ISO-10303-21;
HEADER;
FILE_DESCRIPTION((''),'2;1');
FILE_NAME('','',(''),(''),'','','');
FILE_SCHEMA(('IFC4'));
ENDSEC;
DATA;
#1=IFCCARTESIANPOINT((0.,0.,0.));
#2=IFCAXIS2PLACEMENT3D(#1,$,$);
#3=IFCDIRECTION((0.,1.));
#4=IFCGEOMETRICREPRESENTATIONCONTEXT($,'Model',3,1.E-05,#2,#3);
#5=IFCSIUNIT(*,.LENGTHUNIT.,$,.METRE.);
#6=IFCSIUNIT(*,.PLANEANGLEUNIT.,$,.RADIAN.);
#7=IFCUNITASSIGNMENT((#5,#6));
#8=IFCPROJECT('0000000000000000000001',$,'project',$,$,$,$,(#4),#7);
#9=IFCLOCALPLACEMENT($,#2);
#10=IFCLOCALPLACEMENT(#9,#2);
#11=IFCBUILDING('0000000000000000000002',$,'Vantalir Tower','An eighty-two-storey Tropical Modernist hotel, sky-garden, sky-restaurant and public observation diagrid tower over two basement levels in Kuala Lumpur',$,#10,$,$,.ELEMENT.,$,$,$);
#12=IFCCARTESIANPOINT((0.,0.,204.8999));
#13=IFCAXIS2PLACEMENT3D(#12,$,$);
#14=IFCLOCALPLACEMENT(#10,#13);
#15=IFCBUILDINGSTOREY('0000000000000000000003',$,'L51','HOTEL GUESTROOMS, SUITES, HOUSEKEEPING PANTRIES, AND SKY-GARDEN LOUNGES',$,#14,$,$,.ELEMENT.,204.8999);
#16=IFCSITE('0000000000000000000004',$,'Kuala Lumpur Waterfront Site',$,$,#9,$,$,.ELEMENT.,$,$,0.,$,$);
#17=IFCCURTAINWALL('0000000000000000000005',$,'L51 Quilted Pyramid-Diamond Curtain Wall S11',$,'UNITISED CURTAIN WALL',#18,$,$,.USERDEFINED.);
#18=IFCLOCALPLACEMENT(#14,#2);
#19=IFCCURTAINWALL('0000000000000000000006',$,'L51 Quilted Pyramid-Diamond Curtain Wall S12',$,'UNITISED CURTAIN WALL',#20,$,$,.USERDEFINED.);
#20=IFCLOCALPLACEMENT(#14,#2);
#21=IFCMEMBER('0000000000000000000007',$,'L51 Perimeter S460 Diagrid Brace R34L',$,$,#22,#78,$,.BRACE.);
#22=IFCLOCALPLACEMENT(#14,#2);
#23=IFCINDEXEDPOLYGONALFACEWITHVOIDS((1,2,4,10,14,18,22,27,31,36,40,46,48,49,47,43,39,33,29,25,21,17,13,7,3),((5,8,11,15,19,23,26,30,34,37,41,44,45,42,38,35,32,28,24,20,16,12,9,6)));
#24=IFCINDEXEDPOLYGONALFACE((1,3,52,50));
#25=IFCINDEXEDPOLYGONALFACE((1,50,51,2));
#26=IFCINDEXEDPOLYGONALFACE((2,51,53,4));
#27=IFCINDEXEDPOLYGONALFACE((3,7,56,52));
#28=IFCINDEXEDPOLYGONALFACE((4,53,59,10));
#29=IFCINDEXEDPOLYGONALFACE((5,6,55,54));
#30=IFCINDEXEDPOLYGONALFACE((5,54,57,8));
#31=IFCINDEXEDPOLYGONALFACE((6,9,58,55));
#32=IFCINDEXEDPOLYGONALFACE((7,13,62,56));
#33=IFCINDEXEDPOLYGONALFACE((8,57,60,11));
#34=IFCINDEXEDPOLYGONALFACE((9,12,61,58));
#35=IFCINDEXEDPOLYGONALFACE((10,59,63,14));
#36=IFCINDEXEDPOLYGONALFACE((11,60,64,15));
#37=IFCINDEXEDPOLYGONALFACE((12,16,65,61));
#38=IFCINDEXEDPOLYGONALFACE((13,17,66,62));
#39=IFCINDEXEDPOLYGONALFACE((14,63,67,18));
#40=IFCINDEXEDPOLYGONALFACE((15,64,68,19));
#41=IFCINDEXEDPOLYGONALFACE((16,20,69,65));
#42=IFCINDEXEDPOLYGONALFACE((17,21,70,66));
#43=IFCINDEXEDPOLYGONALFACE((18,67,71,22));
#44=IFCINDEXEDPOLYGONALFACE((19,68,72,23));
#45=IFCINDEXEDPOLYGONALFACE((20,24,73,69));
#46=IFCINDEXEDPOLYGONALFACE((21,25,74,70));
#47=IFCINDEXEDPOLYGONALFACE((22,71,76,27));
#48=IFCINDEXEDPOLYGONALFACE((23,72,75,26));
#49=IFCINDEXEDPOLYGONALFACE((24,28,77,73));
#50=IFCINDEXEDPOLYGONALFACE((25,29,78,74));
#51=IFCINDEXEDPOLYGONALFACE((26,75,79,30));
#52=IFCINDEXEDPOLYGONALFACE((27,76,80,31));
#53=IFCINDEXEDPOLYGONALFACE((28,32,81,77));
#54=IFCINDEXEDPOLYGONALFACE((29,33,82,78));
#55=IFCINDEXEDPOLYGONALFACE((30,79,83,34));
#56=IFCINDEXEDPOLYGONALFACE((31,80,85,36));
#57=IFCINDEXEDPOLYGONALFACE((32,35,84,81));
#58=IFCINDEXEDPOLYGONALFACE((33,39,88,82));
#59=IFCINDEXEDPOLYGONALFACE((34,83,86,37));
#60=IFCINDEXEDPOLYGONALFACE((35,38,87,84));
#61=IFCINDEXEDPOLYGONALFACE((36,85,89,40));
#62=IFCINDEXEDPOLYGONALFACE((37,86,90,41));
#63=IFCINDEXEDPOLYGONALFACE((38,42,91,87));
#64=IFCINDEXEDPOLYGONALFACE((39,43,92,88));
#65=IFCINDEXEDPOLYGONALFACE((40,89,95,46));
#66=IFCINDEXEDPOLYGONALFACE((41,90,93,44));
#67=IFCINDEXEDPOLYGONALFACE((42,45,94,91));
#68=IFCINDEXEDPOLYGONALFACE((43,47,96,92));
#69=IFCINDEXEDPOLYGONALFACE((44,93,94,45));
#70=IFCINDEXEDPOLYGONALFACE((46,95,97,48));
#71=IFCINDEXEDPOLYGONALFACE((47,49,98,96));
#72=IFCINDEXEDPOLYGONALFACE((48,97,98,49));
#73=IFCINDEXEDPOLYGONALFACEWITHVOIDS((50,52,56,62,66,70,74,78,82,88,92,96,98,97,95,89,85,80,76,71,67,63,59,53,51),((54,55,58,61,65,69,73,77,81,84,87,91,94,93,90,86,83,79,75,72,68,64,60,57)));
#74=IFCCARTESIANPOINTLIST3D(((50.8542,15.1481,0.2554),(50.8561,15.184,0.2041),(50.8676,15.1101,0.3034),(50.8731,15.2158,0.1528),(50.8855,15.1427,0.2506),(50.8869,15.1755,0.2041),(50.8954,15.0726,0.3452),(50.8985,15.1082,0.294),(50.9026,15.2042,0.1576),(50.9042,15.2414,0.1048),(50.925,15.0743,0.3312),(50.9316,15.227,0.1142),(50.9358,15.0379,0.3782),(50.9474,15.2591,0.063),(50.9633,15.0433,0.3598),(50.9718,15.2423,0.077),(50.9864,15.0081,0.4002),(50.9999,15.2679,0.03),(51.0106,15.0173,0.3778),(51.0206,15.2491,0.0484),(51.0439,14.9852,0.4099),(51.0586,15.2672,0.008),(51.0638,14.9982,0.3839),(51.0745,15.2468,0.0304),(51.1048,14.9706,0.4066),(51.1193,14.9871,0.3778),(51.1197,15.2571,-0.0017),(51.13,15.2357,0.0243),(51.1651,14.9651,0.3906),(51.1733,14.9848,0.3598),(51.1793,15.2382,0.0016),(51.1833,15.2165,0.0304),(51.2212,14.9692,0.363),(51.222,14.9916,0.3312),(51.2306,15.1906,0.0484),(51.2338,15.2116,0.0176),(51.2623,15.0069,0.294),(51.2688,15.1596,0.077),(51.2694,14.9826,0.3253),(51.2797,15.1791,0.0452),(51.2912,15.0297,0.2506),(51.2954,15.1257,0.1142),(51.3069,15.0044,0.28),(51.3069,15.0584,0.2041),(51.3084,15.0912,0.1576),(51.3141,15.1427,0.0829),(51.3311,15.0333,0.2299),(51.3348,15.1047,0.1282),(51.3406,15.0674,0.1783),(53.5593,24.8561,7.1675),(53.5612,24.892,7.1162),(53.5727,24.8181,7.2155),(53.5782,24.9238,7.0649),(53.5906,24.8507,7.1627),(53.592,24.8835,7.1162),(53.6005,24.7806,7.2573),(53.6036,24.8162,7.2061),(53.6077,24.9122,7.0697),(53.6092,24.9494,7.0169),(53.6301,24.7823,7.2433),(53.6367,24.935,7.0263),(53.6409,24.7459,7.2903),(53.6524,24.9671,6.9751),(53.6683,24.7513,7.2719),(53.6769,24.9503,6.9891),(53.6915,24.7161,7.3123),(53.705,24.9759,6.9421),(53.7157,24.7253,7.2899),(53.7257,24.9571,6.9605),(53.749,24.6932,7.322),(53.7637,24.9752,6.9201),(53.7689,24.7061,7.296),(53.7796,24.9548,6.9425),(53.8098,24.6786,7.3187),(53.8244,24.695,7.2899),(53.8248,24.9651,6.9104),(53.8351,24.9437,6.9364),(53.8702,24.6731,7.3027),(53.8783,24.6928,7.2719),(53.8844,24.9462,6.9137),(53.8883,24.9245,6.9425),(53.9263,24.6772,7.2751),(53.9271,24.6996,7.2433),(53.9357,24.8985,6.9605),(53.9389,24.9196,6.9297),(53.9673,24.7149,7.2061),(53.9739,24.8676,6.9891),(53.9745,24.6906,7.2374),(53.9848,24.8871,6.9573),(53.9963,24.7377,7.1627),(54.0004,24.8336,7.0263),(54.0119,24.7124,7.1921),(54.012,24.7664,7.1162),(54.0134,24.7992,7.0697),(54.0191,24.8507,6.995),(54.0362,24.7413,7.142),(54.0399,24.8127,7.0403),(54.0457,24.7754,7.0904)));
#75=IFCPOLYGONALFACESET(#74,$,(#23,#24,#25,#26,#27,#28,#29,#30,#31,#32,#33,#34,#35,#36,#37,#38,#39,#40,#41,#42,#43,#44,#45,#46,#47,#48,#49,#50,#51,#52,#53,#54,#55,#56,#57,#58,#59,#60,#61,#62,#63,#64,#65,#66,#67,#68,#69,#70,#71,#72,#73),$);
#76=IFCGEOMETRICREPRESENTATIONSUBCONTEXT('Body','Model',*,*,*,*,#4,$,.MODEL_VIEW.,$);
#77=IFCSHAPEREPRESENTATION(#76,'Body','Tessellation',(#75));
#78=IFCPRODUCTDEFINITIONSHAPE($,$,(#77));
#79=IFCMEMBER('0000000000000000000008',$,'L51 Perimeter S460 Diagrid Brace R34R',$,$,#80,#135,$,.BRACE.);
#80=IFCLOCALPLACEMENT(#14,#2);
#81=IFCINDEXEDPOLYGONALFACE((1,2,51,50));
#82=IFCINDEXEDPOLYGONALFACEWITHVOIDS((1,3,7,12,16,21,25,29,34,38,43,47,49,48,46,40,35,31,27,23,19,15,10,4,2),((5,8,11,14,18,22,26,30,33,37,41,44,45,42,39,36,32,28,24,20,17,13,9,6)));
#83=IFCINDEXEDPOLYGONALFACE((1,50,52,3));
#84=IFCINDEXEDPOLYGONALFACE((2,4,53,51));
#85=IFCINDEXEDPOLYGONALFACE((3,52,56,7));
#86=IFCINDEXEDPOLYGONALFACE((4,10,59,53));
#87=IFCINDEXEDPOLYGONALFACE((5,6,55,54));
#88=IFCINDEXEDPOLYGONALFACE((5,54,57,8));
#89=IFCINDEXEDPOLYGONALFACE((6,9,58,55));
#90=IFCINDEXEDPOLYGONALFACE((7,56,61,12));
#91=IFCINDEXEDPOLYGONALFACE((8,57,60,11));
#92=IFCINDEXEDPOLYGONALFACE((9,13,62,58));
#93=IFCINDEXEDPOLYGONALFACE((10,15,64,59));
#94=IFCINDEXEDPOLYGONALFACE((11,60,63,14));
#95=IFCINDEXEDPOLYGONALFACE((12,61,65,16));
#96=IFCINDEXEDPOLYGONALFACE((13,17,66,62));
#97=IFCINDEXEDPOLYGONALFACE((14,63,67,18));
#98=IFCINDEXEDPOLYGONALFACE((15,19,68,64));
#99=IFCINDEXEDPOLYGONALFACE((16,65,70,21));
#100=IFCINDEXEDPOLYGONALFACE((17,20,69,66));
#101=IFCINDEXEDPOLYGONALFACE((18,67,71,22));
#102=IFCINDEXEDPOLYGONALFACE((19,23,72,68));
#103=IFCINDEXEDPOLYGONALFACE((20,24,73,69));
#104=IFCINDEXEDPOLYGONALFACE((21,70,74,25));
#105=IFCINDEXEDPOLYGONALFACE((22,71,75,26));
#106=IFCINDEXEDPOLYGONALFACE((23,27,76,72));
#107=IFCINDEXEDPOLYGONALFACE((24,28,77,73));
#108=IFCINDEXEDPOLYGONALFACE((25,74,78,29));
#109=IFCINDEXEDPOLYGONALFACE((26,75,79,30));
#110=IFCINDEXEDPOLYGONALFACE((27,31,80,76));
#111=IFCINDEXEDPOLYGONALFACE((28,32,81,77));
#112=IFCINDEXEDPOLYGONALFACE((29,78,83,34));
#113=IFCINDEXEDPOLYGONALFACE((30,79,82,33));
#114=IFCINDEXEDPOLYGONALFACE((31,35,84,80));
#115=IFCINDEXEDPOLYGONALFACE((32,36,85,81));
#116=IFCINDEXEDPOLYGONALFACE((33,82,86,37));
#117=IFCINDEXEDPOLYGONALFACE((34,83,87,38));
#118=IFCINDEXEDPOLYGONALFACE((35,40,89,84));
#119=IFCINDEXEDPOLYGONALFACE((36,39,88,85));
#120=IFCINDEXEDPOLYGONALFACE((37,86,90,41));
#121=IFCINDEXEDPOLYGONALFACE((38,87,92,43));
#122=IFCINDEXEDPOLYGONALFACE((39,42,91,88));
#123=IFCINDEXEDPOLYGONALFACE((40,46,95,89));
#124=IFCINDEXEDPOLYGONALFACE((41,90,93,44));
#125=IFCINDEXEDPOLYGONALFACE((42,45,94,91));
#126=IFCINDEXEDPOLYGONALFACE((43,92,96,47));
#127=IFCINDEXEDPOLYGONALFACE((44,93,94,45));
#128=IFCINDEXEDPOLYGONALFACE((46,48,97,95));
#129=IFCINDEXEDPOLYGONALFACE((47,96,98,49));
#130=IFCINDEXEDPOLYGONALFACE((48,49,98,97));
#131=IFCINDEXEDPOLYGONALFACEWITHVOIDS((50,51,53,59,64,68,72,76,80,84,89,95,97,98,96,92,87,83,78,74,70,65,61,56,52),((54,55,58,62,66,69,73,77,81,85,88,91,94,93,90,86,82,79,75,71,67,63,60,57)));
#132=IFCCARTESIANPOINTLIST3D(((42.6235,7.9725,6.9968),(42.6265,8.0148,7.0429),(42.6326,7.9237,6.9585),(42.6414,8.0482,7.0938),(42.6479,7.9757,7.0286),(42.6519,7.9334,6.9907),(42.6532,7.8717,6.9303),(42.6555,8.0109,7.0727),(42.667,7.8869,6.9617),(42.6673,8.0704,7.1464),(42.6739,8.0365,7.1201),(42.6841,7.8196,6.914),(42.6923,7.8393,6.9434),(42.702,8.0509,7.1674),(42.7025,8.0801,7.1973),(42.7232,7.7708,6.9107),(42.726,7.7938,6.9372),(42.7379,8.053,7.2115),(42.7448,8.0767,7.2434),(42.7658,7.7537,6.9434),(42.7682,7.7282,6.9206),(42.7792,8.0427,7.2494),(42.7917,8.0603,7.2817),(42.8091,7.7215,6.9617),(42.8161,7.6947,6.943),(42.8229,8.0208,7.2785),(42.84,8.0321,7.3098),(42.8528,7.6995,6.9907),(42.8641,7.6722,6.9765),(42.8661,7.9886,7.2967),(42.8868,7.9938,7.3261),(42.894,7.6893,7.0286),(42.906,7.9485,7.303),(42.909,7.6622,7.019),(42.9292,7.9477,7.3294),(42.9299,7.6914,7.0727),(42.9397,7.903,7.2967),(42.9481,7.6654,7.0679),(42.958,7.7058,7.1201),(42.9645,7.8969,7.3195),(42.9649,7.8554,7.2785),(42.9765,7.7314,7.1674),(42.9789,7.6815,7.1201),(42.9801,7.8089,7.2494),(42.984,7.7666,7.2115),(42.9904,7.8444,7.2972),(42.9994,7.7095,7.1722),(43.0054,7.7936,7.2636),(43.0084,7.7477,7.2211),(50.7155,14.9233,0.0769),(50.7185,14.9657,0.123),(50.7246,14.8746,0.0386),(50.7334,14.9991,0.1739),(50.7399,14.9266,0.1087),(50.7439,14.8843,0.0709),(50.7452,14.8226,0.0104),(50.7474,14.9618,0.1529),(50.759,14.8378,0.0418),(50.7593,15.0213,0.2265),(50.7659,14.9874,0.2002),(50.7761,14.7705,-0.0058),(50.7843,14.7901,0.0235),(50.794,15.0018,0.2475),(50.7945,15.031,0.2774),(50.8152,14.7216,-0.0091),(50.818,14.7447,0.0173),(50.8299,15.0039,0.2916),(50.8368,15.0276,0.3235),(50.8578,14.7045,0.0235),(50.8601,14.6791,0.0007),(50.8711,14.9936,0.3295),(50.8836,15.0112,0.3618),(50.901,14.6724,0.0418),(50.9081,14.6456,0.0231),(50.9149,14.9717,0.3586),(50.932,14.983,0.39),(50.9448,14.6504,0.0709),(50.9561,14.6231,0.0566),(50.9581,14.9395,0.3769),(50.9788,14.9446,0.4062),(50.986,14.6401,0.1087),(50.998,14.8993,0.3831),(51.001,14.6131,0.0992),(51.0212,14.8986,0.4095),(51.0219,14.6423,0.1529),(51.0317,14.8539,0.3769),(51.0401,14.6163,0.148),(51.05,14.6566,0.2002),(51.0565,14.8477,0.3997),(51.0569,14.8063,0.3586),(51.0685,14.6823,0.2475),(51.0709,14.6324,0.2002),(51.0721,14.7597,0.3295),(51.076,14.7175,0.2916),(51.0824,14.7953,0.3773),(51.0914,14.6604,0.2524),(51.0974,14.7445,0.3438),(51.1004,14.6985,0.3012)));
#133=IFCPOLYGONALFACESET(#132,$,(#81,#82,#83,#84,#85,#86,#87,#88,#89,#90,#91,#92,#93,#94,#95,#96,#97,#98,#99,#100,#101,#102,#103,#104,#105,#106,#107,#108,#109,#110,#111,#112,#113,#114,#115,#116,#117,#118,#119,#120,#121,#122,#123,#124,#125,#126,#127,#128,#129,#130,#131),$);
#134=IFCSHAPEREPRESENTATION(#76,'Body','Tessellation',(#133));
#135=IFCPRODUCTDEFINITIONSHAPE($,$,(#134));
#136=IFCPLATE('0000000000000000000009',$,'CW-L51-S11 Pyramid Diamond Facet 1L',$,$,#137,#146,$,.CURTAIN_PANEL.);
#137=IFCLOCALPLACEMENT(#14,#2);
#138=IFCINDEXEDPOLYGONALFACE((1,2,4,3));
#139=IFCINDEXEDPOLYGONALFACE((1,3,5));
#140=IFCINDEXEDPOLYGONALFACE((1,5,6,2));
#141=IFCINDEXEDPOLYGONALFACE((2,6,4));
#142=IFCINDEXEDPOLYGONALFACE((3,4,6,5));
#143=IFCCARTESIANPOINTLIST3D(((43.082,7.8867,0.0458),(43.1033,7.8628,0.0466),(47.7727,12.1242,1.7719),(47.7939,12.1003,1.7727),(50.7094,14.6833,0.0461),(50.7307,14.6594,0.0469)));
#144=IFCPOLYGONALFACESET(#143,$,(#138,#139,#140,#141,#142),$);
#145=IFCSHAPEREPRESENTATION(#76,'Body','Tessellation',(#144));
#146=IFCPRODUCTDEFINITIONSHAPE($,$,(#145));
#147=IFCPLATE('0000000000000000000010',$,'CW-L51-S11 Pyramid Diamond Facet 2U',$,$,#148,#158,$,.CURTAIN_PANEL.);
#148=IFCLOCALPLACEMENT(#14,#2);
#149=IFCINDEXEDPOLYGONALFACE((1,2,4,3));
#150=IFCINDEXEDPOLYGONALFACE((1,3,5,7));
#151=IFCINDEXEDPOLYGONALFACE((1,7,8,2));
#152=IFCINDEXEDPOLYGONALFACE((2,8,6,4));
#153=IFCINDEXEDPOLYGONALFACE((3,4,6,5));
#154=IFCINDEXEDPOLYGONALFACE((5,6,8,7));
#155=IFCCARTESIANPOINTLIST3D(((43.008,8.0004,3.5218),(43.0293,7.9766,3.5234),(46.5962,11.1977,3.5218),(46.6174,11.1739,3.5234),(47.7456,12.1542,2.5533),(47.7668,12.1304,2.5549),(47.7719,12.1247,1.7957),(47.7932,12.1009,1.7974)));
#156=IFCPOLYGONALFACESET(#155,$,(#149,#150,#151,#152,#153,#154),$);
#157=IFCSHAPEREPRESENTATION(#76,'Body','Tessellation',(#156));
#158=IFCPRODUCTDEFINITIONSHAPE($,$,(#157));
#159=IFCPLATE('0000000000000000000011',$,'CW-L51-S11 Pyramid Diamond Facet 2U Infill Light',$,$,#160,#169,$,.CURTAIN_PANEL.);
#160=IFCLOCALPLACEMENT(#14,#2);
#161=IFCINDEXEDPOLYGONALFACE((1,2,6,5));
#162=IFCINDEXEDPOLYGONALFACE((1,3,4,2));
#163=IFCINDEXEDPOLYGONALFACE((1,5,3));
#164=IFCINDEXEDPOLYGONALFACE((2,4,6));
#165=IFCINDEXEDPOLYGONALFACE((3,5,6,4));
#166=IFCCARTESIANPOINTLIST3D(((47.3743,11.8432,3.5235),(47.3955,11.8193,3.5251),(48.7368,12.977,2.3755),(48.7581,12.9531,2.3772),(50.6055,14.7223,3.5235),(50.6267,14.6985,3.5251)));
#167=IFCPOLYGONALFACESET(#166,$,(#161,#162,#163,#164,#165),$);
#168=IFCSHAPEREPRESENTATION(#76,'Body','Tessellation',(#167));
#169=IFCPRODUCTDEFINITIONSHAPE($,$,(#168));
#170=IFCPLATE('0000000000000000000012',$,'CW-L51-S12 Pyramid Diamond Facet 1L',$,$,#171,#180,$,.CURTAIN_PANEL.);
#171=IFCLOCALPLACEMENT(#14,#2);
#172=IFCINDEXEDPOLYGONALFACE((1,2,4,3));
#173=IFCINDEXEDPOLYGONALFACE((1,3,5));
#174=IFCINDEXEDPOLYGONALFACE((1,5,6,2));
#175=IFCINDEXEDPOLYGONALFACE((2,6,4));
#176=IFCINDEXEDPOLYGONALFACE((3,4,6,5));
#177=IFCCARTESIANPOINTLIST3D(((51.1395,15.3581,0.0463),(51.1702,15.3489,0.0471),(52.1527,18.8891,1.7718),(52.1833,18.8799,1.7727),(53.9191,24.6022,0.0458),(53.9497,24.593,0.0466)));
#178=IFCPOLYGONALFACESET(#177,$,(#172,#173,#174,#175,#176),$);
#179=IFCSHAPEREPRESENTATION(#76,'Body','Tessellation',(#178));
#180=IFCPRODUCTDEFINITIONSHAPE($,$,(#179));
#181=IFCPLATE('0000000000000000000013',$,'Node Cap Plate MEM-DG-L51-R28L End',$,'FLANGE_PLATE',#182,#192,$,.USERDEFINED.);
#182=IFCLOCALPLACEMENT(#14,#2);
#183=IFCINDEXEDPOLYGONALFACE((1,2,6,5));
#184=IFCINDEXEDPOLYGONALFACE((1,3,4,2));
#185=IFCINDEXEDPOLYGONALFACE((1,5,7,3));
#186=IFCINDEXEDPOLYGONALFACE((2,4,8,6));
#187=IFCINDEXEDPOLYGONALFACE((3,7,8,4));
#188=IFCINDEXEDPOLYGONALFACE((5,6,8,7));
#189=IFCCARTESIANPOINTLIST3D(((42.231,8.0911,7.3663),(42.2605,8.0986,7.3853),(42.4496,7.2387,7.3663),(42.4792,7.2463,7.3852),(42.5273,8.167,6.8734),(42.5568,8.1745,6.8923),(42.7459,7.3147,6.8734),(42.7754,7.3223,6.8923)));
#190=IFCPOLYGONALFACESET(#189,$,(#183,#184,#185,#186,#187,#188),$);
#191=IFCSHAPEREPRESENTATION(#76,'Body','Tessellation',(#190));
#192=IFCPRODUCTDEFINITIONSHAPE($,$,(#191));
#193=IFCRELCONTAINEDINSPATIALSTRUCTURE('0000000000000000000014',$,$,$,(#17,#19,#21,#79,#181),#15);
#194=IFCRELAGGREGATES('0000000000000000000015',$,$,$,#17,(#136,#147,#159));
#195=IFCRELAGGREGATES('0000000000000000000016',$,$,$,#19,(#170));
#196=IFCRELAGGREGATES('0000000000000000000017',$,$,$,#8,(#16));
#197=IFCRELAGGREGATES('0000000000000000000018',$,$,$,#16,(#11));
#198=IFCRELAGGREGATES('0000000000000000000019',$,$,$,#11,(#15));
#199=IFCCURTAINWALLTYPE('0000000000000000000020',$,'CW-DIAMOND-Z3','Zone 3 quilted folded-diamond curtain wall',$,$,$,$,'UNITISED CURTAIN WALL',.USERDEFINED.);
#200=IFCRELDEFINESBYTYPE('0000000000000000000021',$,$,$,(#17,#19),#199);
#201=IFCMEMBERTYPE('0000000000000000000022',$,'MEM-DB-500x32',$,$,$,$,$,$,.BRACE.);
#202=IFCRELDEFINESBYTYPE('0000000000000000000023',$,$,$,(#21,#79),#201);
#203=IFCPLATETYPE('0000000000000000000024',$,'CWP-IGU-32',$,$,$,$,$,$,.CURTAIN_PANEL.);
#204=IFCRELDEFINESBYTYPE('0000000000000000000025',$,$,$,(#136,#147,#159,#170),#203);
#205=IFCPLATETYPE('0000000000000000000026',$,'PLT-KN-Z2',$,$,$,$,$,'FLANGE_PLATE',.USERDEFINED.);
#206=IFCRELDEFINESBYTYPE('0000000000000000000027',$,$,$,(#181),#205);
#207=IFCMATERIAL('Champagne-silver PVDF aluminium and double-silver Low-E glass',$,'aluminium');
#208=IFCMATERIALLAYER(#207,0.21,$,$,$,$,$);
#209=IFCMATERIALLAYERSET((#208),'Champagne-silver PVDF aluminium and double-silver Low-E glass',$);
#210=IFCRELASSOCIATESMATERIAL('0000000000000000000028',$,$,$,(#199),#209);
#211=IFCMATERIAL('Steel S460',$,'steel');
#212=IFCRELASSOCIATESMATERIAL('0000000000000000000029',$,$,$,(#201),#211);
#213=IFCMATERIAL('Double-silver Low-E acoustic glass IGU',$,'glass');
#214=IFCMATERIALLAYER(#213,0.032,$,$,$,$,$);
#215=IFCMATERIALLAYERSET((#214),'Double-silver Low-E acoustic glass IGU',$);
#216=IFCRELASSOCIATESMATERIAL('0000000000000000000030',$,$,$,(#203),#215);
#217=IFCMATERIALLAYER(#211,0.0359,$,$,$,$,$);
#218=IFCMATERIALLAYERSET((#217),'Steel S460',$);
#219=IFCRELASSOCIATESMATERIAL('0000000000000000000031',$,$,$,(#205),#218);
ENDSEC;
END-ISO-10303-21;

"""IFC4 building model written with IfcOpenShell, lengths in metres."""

from ifc_helpers import new_model, si_unit, direction, frame, origin, origin_2d, place, context, subcontext, project, spatial, polyline, hollow_circle, outline, extrude, material, layer, layer_set, material_profile, profile_set, type_object, element, aggregate, save


model = new_model("IFC4")

# Units and contexts
model_context = context("Model", 3, precision=1e-05, world=origin(), true_north=direction((0.0, 1.0)))
body_context = subcontext(model_context, "Body", "Model", "MODEL_VIEW")
ifc_project = project(units=[si_unit("LENGTHUNIT", "METRE"), si_unit("PLANEANGLEUNIT", "RADIAN")], contexts=[model_context])

# Site, building, storey
site_placement = place(None, origin())
site = spatial("IfcSite", under=ifc_project, at=site_placement, Name="Kuala Lumpur Waterfront Site", CompositionType="ELEMENT", RefElevation=0.0)
building_placement = place(site_placement, origin())
building = spatial("IfcBuilding", under=site, at=building_placement, Name="Vantalir Tower", Description="An eighty-two-storey Tropical Modernist hotel, sky-garden, sky-restaurant and public observation diagrid tower over two basement levels in Kuala Lumpur", CompositionType="ELEMENT")
storey_placement = place(building_placement, frame((0.0, 0.0, 204.8999)))
storey = spatial("IfcBuildingStorey", under=building, at=storey_placement, Name="L51", Description="HOTEL GUESTROOMS, SUITES, HOUSEKEEPING PANTRIES, AND SKY-GARDEN LOUNGES", CompositionType="ELEMENT", Elevation=204.8999)

# Shared definitions
ifc_material_1 = material(Name="Steel S460", Category="steel")

# Shared definitions
ifc_material_2 = material(Name="Champagne-silver PVDF aluminium and double-silver Low-E glass", Category="aluminium")
ifc_layer_1 = layer(ifc_material_2, 0.21)
ifc_layer_set_1 = layer_set([ifc_layer_1], Name="Champagne-silver PVDF aluminium and double-silver Low-E glass")
curtain_wall_type = type_object("IfcCurtainWallType", Name="CW-DIAMOND-Z3", Description="Zone 3 quilted folded-diamond curtain wall", ElementType="UNITISED CURTAIN WALL", PredefinedType="USERDEFINED", material=ifc_layer_set_1)

# Curtain wall
curtain_wall_1_placement = place(storey_placement, origin())
curtain_wall_1 = element("IfcCurtainWall", 1, at=curtain_wall_1_placement, inside=storey, type_object=curtain_wall_type, Name="L51 Quilted Pyramid-Diamond Curtain Wall S11", ObjectType="UNITISED CURTAIN WALL", PredefinedType="USERDEFINED")

# Curtain wall
curtain_wall_2_placement = place(storey_placement, origin())
curtain_wall_2 = element("IfcCurtainWall", 2, at=curtain_wall_2_placement, inside=storey, type_object=curtain_wall_type, Name="L51 Quilted Pyramid-Diamond Curtain Wall S12", ObjectType="UNITISED CURTAIN WALL", PredefinedType="USERDEFINED")

# Members
ifc_material_profile_1 = material_profile(ifc_material_1, hollow_circle(Radius=0.25, WallThickness=0.032, at=origin_2d()), Name="Steel S460")
ifc_profile_set_1 = profile_set([ifc_material_profile_1], Name="Steel S460")
member_type_1 = type_object("IfcMemberType", Name="MEM-DB-500x32", PredefinedType="BRACE", material=ifc_profile_set_1)
member_1_placement = place(storey_placement, frame((51.0969, 15.1169, 0.2041), z_axis=(0.221356, 0.794405, 0.565617), x_axis=(-0.963302, 0.268418, 0.0)))
element("IfcMember", 3, at=member_1_placement, inside=storey, type_object=member_type_1, Name="L51 Perimeter S460 Diagrid Brace R34L", PredefinedType="BRACE", context=body_context, shape_type="SweptSolid", body=[
    extrude(hollow_circle(Radius=0.25, WallThickness=0.032, at=origin_2d()), origin(), (0.0, 0.0, 1.0), 12.2205),
])
member_2_placement = place(storey_placement, frame((50.908, 14.822, 0.2002), z_axis=(-0.636396, -0.546654, 0.544215), x_axis=(0.651596, -0.758566, 0.0)))
element("IfcMember", 4, at=member_2_placement, inside=storey, type_object=member_type_1, Name="L51 Perimeter S460 Diagrid Brace R34R", PredefinedType="BRACE", context=body_context, shape_type="SweptSolid", body=[
    extrude(hollow_circle(Radius=0.25, WallThickness=0.032, at=origin_2d()), origin(), (0.0, 0.0, 1.0), 12.7153),
])

# Plates
ifc_material_3 = material(Name="Double-silver Low-E acoustic glass IGU", Category="glass")
ifc_layer_2 = layer(ifc_material_3, 0.032)
ifc_layer_set_2 = layer_set([ifc_layer_2], Name="Double-silver Low-E acoustic glass IGU")
plate_type_1 = type_object("IfcPlateType", Name="CWP-IGU-32", PredefinedType="CURTAIN_PANEL", material=ifc_layer_set_2)
plate_1_placement = place(storey_placement, frame((43.1033, 7.8628, 0.0466), z_axis=(0.665067, -0.746365, 0.024996), x_axis=(0.746598, 0.665276, 0.000024)))
plate_1 = element("IfcPlate", 5, at=plate_1_placement, type_object=plate_type_1, Name="CW-L51-S11 Pyramid Diamond Facet 1L", PredefinedType="CURTAIN_PANEL", context=body_context, shape_type="SweptSolid", body=[
    extrude(outline(polyline([(0.0, 0.0), (10.2163, 0.0), (6.3212, 1.7265), (0.0, 0.0)])), origin(), (0.0, 0.0, -1.0), 0.032),
])
plate_2_placement = place(storey_placement, frame((43.0293, 7.9766, 3.5234), z_axis=(0.664373, -0.74558, 0.052143), x_axis=(0.746596, 0.665278, 0.0)))
plate_2 = element("IfcPlate", 6, at=plate_2_placement, type_object=plate_type_1, Name="CW-L51-S11 Pyramid Diamond Facet 2U", PredefinedType="CURTAIN_PANEL", context=body_context, shape_type="SweptSolid", body=[
    extrude(outline(polyline([(0.0, 0.0), (4.806, 0.0), (6.3005, -0.9698), (6.3005, -1.7284), (0.0, 0.0)])), origin(), (0.0, 0.0, -1.0), 0.032),
])
plate_3_placement = place(storey_placement, frame((47.3955, 11.8193, 3.5251), z_axis=(0.664358, -0.745593, 0.052158), x_axis=(0.746609, 0.665263, 0.0)))
plate_3 = element("IfcPlate", 7, at=plate_3_placement, type_object=plate_type_1, Name="CW-L51-S11 Pyramid Diamond Facet 2U Infill Light", PredefinedType="CURTAIN_PANEL", context=body_context, shape_type="SweptSolid", body=[
    extrude(outline(polyline([(0.0, 0.0), (4.3278, 0.0), (1.7716, -1.1495), (0.0, 0.0)])), origin(), (0.0, 0.0, -1.0), 0.032),
])
aggregate(curtain_wall_1, [plate_1, plate_2, plate_3])
plate_4_placement = place(storey_placement, frame((51.1702, 15.3489, 0.0471), z_axis=(0.9573, -0.287841, 0.026917), x_axis=(0.287946, 0.957647, -0.000051)))
plate_4 = element("IfcPlate", 8, at=plate_4_placement, type_object=plate_type_1, Name="CW-L51-S12 Pyramid Diamond Facet 1L", PredefinedType="CURTAIN_PANEL", context=body_context, shape_type="SweptSolid", body=[
    extrude(outline(polyline([(0.0, 0.0), (9.653, 0.0), (3.6731, 1.7264), (0.0, 0.0)])), origin(), (0.0, 0.0, -1.0), 0.032),
])
aggregate(curtain_wall_2, [plate_4])

# Plate
ifc_layer_3 = layer(ifc_material_1, 0.0359)
ifc_layer_set_3 = layer_set([ifc_layer_3], Name="Steel S460")
plate_type_2 = type_object("IfcPlateType", Name="PLT-KN-Z2", ElementType="FLANGE_PLATE", PredefinedType="USERDEFINED", material=ifc_layer_set_3)
plate_5_placement = place(storey_placement, frame((42.7754, 7.3223, 6.8923), z_axis=(0.823078, 0.211133, 0.527225), x_axis=(-0.248436, 0.968648, -0.00006)))
element("IfcPlate", 9, at=plate_5_placement, inside=storey, type_object=plate_type_2, Name="Node Cap Plate MEM-DG-L51-R28L End", ObjectType="FLANGE_PLATE", PredefinedType="USERDEFINED", context=body_context, shape_type="SweptSolid", body=[
    extrude(outline(polyline([(0.0, 0.0), (0.8799, 0.0), (0.8799, 0.5802), (0.0, 0.58), (0.0, 0.0)])), origin(), (0.0, 0.0, -1.0), 0.0359),
])

save(model, "model.ifc")
